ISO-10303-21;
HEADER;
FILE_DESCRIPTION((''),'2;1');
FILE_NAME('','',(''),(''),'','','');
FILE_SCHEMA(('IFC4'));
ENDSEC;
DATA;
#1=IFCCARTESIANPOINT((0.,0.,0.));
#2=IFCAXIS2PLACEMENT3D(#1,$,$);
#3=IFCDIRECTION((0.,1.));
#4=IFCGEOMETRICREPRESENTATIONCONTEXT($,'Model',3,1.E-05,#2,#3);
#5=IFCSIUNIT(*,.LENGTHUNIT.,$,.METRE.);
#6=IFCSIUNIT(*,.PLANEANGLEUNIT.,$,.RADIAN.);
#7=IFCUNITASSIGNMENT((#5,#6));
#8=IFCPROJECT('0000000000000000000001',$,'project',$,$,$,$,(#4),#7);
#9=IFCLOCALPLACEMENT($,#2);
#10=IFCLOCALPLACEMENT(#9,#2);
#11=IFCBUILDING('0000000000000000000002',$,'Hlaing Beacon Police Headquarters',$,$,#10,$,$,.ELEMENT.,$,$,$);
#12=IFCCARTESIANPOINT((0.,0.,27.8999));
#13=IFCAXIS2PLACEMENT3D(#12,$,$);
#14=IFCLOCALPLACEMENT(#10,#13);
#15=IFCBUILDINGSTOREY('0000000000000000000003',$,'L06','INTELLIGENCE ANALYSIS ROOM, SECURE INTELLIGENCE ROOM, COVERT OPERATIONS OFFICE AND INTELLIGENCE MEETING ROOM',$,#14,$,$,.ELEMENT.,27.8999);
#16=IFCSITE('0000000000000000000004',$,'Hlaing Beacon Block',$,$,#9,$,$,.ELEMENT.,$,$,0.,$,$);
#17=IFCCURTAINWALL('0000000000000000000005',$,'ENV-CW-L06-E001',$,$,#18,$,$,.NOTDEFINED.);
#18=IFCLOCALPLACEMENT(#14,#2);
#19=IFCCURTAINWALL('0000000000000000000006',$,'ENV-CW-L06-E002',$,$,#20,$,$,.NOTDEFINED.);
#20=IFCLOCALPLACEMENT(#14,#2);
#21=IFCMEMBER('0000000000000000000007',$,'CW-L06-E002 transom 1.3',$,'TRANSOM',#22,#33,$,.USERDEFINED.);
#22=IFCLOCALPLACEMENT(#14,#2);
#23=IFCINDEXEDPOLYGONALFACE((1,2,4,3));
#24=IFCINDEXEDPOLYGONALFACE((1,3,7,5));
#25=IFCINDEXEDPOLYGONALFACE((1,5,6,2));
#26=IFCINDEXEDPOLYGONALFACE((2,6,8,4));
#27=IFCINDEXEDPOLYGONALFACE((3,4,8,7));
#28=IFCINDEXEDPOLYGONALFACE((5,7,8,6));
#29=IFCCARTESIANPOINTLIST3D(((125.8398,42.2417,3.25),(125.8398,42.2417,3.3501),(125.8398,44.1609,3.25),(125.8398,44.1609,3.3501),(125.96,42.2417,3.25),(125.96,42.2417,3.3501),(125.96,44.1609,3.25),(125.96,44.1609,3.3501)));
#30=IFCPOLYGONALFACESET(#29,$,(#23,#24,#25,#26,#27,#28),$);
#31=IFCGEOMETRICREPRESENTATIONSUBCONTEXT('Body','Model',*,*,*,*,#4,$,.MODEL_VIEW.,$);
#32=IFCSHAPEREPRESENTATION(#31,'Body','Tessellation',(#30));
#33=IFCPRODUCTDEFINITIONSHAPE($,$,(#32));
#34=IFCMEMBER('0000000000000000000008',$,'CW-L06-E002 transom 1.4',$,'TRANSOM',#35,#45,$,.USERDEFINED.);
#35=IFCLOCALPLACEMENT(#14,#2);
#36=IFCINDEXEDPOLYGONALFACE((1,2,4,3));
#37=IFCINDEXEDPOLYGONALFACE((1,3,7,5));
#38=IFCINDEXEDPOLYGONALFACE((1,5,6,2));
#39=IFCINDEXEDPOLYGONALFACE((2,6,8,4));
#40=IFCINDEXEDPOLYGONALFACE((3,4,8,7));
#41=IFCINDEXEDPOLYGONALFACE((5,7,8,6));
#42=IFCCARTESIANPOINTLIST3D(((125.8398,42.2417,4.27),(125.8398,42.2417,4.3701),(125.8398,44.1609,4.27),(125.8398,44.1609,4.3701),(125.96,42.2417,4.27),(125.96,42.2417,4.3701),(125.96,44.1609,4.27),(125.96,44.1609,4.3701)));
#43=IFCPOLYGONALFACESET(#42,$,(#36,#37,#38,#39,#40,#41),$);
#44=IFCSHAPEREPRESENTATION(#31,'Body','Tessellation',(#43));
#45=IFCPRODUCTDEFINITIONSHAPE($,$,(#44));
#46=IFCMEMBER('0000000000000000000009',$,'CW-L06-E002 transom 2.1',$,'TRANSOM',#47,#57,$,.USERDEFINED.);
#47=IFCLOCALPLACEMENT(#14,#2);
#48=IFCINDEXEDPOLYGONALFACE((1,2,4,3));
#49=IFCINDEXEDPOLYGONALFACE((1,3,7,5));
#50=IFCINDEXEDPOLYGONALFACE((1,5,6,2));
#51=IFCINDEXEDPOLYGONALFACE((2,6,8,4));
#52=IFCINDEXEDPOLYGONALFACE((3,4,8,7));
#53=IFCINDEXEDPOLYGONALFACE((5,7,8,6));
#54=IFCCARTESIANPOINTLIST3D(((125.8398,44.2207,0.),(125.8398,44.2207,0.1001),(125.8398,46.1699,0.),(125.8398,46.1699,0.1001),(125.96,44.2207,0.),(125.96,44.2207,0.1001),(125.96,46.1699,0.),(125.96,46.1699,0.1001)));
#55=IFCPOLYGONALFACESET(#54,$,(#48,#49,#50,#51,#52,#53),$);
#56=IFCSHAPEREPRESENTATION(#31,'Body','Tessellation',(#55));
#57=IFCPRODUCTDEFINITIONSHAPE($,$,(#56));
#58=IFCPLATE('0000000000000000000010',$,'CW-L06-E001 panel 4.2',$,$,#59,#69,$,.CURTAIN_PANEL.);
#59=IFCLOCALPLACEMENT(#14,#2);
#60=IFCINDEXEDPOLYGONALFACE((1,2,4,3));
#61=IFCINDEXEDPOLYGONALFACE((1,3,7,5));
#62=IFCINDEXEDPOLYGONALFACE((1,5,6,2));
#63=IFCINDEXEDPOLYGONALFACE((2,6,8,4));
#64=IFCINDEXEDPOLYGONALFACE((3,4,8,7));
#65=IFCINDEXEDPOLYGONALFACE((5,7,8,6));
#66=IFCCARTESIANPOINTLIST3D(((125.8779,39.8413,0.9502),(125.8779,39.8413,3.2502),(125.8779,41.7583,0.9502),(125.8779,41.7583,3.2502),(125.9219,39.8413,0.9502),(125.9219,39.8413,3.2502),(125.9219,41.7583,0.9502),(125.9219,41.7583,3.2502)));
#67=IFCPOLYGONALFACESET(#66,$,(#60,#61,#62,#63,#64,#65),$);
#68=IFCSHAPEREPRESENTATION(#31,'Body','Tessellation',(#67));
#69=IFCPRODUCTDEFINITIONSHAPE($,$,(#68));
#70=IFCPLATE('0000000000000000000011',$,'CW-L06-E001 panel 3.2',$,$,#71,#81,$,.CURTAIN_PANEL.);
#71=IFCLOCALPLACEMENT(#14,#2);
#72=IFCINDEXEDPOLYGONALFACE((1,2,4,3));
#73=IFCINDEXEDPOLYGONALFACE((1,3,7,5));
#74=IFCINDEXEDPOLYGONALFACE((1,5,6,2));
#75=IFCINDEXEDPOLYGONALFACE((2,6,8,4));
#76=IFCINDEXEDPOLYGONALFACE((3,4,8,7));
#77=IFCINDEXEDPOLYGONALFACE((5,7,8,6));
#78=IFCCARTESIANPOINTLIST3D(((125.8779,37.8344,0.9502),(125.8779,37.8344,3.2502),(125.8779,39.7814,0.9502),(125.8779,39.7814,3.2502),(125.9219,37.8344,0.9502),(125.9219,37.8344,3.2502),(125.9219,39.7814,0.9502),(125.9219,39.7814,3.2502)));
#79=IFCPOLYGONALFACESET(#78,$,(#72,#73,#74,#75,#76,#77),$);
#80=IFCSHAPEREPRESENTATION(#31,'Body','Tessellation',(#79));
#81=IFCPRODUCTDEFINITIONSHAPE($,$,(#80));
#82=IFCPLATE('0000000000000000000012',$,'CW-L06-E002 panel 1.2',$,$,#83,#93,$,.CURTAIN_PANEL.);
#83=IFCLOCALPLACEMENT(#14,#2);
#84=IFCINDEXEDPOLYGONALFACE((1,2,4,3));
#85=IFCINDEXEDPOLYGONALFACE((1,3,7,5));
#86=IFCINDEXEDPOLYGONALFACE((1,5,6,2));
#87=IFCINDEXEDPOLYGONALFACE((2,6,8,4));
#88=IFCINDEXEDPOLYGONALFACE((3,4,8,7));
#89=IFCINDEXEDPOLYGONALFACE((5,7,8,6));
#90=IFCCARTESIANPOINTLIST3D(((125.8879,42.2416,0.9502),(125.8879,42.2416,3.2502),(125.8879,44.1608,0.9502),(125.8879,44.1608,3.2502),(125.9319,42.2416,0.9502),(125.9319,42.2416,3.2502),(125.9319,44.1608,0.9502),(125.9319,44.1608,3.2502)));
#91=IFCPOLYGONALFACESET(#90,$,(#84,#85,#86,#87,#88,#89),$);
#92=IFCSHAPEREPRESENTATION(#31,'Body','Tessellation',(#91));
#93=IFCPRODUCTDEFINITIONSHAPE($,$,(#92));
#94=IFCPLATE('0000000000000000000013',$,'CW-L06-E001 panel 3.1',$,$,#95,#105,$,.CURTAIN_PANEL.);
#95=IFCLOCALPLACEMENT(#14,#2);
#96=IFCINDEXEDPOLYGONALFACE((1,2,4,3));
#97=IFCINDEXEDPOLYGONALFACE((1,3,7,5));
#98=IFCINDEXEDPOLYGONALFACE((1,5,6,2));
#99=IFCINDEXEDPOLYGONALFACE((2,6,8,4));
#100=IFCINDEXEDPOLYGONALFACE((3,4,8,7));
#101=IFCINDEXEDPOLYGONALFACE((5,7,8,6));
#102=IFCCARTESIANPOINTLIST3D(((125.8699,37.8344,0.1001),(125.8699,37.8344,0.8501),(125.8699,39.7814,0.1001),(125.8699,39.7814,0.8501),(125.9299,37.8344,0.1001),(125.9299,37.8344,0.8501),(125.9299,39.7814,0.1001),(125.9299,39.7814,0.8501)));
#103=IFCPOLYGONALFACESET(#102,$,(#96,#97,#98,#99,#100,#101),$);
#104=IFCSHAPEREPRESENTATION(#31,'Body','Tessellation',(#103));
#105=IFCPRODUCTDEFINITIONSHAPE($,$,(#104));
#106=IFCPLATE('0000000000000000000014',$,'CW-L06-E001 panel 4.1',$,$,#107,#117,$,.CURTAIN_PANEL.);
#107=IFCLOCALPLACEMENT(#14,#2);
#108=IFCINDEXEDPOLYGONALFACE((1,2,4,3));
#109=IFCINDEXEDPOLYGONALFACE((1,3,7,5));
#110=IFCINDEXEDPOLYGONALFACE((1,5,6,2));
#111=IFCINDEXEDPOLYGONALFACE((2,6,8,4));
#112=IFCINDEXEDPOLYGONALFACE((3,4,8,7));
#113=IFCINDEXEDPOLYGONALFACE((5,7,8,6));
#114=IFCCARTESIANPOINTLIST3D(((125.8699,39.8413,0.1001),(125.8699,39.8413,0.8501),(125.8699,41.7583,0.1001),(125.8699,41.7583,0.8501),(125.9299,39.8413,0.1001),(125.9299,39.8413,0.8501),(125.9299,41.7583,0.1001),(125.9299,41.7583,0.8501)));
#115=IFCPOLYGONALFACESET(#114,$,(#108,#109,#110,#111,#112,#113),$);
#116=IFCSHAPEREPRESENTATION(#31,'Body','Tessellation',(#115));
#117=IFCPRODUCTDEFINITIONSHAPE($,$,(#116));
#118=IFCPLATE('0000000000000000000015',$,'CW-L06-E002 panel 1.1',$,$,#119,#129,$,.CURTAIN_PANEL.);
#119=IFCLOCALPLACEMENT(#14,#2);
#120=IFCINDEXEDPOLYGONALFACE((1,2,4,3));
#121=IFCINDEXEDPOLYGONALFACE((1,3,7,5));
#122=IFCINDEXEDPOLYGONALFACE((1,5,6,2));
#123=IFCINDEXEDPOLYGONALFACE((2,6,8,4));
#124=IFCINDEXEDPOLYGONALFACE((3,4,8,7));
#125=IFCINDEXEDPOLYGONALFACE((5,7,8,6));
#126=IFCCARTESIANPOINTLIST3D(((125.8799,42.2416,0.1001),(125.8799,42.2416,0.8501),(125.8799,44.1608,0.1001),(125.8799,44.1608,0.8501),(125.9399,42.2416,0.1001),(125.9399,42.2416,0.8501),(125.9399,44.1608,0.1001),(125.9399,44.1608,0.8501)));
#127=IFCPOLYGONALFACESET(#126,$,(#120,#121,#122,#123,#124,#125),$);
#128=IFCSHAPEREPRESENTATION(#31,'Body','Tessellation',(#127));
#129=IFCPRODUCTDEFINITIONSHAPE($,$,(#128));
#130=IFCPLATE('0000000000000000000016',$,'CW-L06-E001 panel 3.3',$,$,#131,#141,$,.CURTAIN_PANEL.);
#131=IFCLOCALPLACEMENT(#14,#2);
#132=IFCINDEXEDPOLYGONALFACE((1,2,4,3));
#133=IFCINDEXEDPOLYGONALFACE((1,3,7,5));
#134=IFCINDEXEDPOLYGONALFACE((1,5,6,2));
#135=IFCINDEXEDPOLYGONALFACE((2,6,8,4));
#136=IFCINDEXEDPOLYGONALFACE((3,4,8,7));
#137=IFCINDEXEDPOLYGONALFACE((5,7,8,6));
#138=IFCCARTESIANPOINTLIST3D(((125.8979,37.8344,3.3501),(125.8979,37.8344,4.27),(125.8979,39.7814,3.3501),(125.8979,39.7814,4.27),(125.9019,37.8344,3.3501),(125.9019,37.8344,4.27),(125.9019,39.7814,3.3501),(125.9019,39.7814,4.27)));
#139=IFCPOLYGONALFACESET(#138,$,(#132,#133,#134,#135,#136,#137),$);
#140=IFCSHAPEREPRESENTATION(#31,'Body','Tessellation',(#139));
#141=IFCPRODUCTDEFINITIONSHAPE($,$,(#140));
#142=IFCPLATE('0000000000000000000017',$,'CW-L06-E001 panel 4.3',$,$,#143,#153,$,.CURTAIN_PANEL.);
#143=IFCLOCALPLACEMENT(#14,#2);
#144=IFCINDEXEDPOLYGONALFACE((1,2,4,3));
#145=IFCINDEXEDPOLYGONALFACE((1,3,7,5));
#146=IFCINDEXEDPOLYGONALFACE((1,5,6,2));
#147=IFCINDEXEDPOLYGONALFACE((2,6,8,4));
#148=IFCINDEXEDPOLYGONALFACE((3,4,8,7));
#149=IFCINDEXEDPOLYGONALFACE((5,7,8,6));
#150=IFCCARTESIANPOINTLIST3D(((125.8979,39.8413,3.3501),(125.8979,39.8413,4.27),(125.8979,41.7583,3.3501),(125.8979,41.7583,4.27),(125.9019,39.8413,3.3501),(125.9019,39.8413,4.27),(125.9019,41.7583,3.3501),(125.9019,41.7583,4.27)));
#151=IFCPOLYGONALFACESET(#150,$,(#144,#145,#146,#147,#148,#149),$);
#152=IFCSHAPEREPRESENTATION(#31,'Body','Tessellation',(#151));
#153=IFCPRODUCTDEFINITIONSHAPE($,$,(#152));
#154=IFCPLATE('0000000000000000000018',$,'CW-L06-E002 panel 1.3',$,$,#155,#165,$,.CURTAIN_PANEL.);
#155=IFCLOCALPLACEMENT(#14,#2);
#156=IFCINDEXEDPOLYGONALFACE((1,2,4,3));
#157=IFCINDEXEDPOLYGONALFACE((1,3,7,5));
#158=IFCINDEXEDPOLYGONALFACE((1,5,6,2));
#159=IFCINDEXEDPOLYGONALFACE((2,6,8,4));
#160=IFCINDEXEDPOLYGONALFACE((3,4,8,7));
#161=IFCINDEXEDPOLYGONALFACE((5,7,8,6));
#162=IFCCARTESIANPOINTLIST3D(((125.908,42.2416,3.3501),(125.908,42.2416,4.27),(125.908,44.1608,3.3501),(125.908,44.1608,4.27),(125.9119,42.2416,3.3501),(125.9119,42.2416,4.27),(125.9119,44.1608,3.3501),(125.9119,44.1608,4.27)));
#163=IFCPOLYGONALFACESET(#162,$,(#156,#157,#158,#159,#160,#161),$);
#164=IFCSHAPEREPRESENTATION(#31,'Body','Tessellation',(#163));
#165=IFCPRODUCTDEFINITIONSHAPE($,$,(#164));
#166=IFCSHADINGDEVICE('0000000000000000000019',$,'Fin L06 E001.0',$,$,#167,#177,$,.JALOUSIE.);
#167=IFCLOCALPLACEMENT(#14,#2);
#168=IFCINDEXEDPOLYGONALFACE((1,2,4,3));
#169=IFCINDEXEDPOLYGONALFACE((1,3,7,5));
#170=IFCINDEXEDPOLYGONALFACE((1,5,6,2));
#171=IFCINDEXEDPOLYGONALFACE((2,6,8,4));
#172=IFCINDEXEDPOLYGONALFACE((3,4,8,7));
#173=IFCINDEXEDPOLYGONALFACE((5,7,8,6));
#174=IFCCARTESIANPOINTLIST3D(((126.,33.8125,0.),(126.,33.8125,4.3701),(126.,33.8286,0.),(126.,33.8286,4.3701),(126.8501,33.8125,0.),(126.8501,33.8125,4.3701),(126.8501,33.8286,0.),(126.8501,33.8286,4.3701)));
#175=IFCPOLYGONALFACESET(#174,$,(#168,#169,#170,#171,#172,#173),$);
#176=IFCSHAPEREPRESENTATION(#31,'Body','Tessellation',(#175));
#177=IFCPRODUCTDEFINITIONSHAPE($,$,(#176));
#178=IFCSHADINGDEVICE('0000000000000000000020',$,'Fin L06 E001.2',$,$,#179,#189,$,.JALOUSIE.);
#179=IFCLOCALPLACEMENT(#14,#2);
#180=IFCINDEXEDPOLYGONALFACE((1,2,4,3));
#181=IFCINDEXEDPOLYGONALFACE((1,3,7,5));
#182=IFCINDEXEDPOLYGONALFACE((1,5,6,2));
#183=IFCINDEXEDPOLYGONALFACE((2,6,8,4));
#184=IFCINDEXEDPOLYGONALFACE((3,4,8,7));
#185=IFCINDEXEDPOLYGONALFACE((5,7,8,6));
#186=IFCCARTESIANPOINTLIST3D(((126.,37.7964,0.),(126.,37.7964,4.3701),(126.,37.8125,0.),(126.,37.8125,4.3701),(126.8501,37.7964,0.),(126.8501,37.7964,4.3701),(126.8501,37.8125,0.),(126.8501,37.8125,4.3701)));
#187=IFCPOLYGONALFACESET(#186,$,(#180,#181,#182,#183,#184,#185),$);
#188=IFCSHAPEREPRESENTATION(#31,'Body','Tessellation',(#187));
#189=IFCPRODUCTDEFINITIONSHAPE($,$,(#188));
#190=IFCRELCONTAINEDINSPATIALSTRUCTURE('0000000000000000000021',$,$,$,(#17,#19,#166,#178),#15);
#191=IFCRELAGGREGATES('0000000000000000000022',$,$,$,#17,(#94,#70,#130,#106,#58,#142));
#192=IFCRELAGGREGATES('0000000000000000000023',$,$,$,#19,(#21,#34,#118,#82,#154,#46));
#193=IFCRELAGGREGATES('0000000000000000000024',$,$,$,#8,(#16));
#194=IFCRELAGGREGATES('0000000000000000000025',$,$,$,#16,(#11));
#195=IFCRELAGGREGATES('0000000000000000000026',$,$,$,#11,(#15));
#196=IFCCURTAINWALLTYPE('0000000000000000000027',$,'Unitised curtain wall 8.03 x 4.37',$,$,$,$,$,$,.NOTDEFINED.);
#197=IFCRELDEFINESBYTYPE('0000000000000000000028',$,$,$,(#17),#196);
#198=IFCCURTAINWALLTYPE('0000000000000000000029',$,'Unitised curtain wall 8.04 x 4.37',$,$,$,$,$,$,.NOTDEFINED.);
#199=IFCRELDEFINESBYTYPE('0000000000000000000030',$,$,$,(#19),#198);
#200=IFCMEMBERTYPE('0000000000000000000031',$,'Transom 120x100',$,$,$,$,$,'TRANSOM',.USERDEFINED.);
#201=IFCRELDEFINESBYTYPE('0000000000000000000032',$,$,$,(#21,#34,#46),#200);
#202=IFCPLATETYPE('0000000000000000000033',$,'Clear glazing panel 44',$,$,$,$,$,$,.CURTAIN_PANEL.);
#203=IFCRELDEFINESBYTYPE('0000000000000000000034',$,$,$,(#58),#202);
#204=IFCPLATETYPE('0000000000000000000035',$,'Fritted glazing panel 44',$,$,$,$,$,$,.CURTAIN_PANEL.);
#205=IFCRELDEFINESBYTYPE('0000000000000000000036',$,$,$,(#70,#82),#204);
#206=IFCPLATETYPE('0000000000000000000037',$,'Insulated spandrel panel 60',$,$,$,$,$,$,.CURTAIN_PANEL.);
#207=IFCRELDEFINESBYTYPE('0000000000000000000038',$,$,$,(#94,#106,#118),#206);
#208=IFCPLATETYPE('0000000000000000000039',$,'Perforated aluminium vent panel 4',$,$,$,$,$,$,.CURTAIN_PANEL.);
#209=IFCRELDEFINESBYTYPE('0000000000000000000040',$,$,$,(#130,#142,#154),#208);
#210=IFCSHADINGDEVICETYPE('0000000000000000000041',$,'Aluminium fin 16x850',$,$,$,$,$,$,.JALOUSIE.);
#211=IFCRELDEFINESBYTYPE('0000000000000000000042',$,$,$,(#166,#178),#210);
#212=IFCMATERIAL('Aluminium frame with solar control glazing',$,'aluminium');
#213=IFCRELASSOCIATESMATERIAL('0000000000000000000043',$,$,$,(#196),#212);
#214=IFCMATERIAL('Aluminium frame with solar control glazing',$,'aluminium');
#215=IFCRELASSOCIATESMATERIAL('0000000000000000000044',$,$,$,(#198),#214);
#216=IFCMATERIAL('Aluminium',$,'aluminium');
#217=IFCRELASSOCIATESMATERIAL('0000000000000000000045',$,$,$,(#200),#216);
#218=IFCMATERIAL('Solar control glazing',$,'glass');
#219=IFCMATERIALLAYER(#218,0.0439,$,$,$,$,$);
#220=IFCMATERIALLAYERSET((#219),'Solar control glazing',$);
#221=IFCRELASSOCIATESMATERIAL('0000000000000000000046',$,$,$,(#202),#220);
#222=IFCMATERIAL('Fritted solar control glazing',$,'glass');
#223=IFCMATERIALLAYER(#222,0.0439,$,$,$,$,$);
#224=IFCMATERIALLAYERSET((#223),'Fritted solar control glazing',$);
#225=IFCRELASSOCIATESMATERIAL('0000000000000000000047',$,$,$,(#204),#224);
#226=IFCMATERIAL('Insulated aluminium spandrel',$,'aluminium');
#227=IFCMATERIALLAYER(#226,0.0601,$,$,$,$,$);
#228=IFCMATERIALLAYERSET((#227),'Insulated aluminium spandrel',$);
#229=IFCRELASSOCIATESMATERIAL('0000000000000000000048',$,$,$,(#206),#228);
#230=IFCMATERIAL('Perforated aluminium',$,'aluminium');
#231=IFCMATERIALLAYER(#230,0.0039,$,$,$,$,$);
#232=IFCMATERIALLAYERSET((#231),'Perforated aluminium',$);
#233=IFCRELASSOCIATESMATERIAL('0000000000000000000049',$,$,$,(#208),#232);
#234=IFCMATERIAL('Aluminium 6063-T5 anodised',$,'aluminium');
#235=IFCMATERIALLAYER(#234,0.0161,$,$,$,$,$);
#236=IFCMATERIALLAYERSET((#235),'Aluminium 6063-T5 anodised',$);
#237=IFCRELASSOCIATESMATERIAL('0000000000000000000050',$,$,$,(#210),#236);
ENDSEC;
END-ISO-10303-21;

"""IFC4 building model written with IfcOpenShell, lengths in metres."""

from ifc_helpers import new_model, si_unit, direction, frame, origin, origin_2d, place, context, subcontext, project, spatial, rectangle, extrude, material, layer, layer_set, material_profile, profile_set, type_object, element, aggregate, save


model = new_model("IFC4")

# Units and contexts
model_context = context("Model", 3, precision=1e-05, world=origin(), true_north=direction((0.0, 1.0)))
body_context = subcontext(model_context, "Body", "Model", "MODEL_VIEW")
ifc_project = project(units=[si_unit("LENGTHUNIT", "METRE"), si_unit("PLANEANGLEUNIT", "RADIAN")], contexts=[model_context])

# Site, building, storey
site_placement = place(None, origin())
site = spatial("IfcSite", under=ifc_project, at=site_placement, Name="Hlaing Beacon Block", CompositionType="ELEMENT", RefElevation=0.0)
building_placement = place(site_placement, origin())
building = spatial("IfcBuilding", under=site, at=building_placement, Name="Hlaing Beacon Police Headquarters", CompositionType="ELEMENT")
storey_placement = place(building_placement, frame((0.0, 0.0, 27.8999)))
storey = spatial("IfcBuildingStorey", under=building, at=storey_placement, Name="L06", Description="INTELLIGENCE ANALYSIS ROOM, SECURE INTELLIGENCE ROOM, COVERT OPERATIONS OFFICE AND INTELLIGENCE MEETING ROOM", CompositionType="ELEMENT", Elevation=27.8999)

# Curtain walls
ifc_material_1 = material(Name="Aluminium frame with solar control glazing", Category="aluminium")
curtain_wall_type_1 = type_object("IfcCurtainWallType", Name="Unitised curtain wall 8.03 x 4.37", PredefinedType="NOTDEFINED", material=ifc_material_1)
curtain_wall_1_placement = place(storey_placement, origin())
curtain_wall_1 = element("IfcCurtainWall", 1, at=curtain_wall_1_placement, inside=storey, type_object=curtain_wall_type_1, Name="ENV-CW-L06-E001", PredefinedType="NOTDEFINED")
ifc_material_2 = material(Name="Aluminium frame with solar control glazing", Category="aluminium")
curtain_wall_type_2 = type_object("IfcCurtainWallType", Name="Unitised curtain wall 8.04 x 4.37", PredefinedType="NOTDEFINED", material=ifc_material_2)
curtain_wall_2_placement = place(storey_placement, origin())
curtain_wall_2 = element("IfcCurtainWall", 2, at=curtain_wall_2_placement, inside=storey, type_object=curtain_wall_type_2, Name="ENV-CW-L06-E002", PredefinedType="NOTDEFINED")

# Members
ifc_material_3 = material(Name="Aluminium", Category="aluminium")
ifc_material_profile_1 = material_profile(ifc_material_3, rectangle(XDim=0.1201, YDim=0.1001, at=origin_2d()), Name="Transom 120x100")
ifc_profile_set_1 = profile_set([ifc_material_profile_1], Name="Aluminium")
member_type_1 = type_object("IfcMemberType", Name="Transom 120x100", ElementType="TRANSOM", PredefinedType="USERDEFINED", material=ifc_profile_set_1)
member_1_placement = place(storey_placement, frame((125.8999, 42.2417, 3.3), z_axis=(0.0, 1.0, 0.0), x_axis=(-1.0, 0.0, 0.0)))
member_1 = element("IfcMember", 3, at=member_1_placement, type_object=member_type_1, Name="CW-L06-E002 transom 1.3", ObjectType="TRANSOM", PredefinedType="USERDEFINED", context=body_context, shape_type="SweptSolid", body=[
    extrude(rectangle(XDim=0.1201, YDim=0.1001, at=origin_2d()), origin(), (0.0, 0.0, 1.0), 1.9192),
])
member_2_placement = place(storey_placement, frame((125.8999, 42.2417, 4.3201), z_axis=(0.0, 1.0, 0.0), x_axis=(-1.0, 0.0, 0.0)))
member_2 = element("IfcMember", 4, at=member_2_placement, type_object=member_type_1, Name="CW-L06-E002 transom 1.4", ObjectType="TRANSOM", PredefinedType="USERDEFINED", context=body_context, shape_type="SweptSolid", body=[
    extrude(rectangle(XDim=0.1201, YDim=0.1001, at=origin_2d()), origin(), (0.0, 0.0, 1.0), 1.9192),
])
member_3_placement = place(storey_placement, frame((125.8999, 44.2207, 0.05), z_axis=(0.0, 1.0, 0.0), x_axis=(-1.0, 0.0, 0.0)))
member_3 = element("IfcMember", 5, at=member_3_placement, type_object=member_type_1, Name="CW-L06-E002 transom 2.1", ObjectType="TRANSOM", PredefinedType="USERDEFINED", context=body_context, shape_type="SweptSolid", body=[
    extrude(rectangle(XDim=0.1201, YDim=0.1001, at=origin_2d()), origin(), (0.0, 0.0, 1.0), 1.9492),
])

# Plates
ifc_material_4 = material(Name="Solar control glazing", Category="glass")
ifc_layer_1 = layer(ifc_material_4, 0.0439)
ifc_layer_set_1 = layer_set([ifc_layer_1], Name="Solar control glazing")
plate_type_1 = type_object("IfcPlateType", Name="Clear glazing panel 44", PredefinedType="CURTAIN_PANEL", material=ifc_layer_set_1)
plate_1_placement = place(storey_placement, frame((125.8999, 40.7998, 0.9502), z_axis=(0.0, 0.0, 1.0), x_axis=(0.0, 1.0, 0.0)))
plate_1 = element("IfcPlate", 6, at=plate_1_placement, type_object=plate_type_1, Name="CW-L06-E001 panel 4.2", PredefinedType="CURTAIN_PANEL", context=body_context, shape_type="SweptSolid", body=[
    extrude(rectangle(XDim=1.917, YDim=0.0439, at=origin_2d()), origin(), (0.0, 0.0, 1.0), 2.3),
])
ifc_material_5 = material(Name="Fritted solar control glazing", Category="glass")
ifc_layer_2 = layer(ifc_material_5, 0.0439)
ifc_layer_set_2 = layer_set([ifc_layer_2], Name="Fritted solar control glazing")
plate_type_2 = type_object("IfcPlateType", Name="Fritted glazing panel 44", PredefinedType="CURTAIN_PANEL", material=ifc_layer_set_2)
plate_2_placement = place(storey_placement, frame((125.8999, 38.8079, 0.9502), z_axis=(0.0, 0.0, 1.0), x_axis=(0.0, 1.0, 0.0)))
plate_2 = element("IfcPlate", 7, at=plate_2_placement, type_object=plate_type_2, Name="CW-L06-E001 panel 3.2", PredefinedType="CURTAIN_PANEL", context=body_context, shape_type="SweptSolid", body=[
    extrude(rectangle(XDim=1.947, YDim=0.0439, at=origin_2d()), origin(), (0.0, 0.0, 1.0), 2.3),
])
plate_3_placement = place(storey_placement, frame((125.9099, 43.2012, 0.9502), z_axis=(0.0, 0.0, 1.0), x_axis=(0.0, 1.0, 0.0)))
plate_3 = element("IfcPlate", 8, at=plate_3_placement, type_object=plate_type_2, Name="CW-L06-E002 panel 1.2", PredefinedType="CURTAIN_PANEL", context=body_context, shape_type="SweptSolid", body=[
    extrude(rectangle(XDim=1.9192, YDim=0.0439, at=origin_2d()), origin(), (0.0, 0.0, 1.0), 2.3),
])
ifc_material_6 = material(Name="Insulated aluminium spandrel", Category="aluminium")
ifc_layer_3 = layer(ifc_material_6, 0.0601)
ifc_layer_set_3 = layer_set([ifc_layer_3], Name="Insulated aluminium spandrel")
plate_type_3 = type_object("IfcPlateType", Name="Insulated spandrel panel 60", PredefinedType="CURTAIN_PANEL", material=ifc_layer_set_3)
plate_4_placement = place(storey_placement, frame((125.8999, 38.8079, 0.1001), z_axis=(0.0, 0.0, 1.0), x_axis=(0.0, 1.0, 0.0)))
plate_4 = element("IfcPlate", 9, at=plate_4_placement, type_object=plate_type_3, Name="CW-L06-E001 panel 3.1", PredefinedType="CURTAIN_PANEL", context=body_context, shape_type="SweptSolid", body=[
    extrude(rectangle(XDim=1.947, YDim=0.0601, at=origin_2d()), origin(), (0.0, 0.0, 1.0), 0.75),
])
plate_5_placement = place(storey_placement, frame((125.8999, 40.7998, 0.1001), z_axis=(0.0, 0.0, 1.0), x_axis=(0.0, 1.0, 0.0)))
plate_5 = element("IfcPlate", 10, at=plate_5_placement, type_object=plate_type_3, Name="CW-L06-E001 panel 4.1", PredefinedType="CURTAIN_PANEL", context=body_context, shape_type="SweptSolid", body=[
    extrude(rectangle(XDim=1.917, YDim=0.0601, at=origin_2d()), origin(), (0.0, 0.0, 1.0), 0.75),
])
plate_6_placement = place(storey_placement, frame((125.9099, 43.2012, 0.1001), z_axis=(0.0, 0.0, 1.0), x_axis=(0.0, 1.0, 0.0)))
plate_6 = element("IfcPlate", 11, at=plate_6_placement, type_object=plate_type_3, Name="CW-L06-E002 panel 1.1", PredefinedType="CURTAIN_PANEL", context=body_context, shape_type="SweptSolid", body=[
    extrude(rectangle(XDim=1.9192, YDim=0.0601, at=origin_2d()), origin(), (0.0, 0.0, 1.0), 0.75),
])
ifc_material_7 = material(Name="Perforated aluminium", Category="aluminium")
ifc_layer_4 = layer(ifc_material_7, 0.0039)
ifc_layer_set_4 = layer_set([ifc_layer_4], Name="Perforated aluminium")
plate_type_4 = type_object("IfcPlateType", Name="Perforated aluminium vent panel 4", PredefinedType="CURTAIN_PANEL", material=ifc_layer_set_4)
plate_7_placement = place(storey_placement, frame((125.8999, 38.8079, 3.3501), z_axis=(0.0, 0.0, 1.0), x_axis=(0.0, 1.0, 0.0)))
plate_7 = element("IfcPlate", 12, at=plate_7_placement, type_object=plate_type_4, Name="CW-L06-E001 panel 3.3", PredefinedType="CURTAIN_PANEL", context=body_context, shape_type="SweptSolid", body=[
    extrude(rectangle(XDim=1.947, YDim=0.0039, at=origin_2d()), origin(), (0.0, 0.0, 1.0), 0.9199),
])
plate_8_placement = place(storey_placement, frame((125.8999, 40.7998, 3.3501), z_axis=(0.0, 0.0, 1.0), x_axis=(0.0, 1.0, 0.0)))
plate_8 = element("IfcPlate", 13, at=plate_8_placement, type_object=plate_type_4, Name="CW-L06-E001 panel 4.3", PredefinedType="CURTAIN_PANEL", context=body_context, shape_type="SweptSolid", body=[
    extrude(rectangle(XDim=1.917, YDim=0.0039, at=origin_2d()), origin(), (0.0, 0.0, 1.0), 0.9199),
])
aggregate(curtain_wall_1, [plate_4, plate_2, plate_7, plate_5, plate_1, plate_8])
plate_9_placement = place(storey_placement, frame((125.9099, 43.2012, 3.3501), z_axis=(0.0, 0.0, 1.0), x_axis=(0.0, 1.0, 0.0)))
plate_9 = element("IfcPlate", 14, at=plate_9_placement, type_object=plate_type_4, Name="CW-L06-E002 panel 1.3", PredefinedType="CURTAIN_PANEL", context=body_context, shape_type="SweptSolid", body=[
    extrude(rectangle(XDim=1.9192, YDim=0.0039, at=origin_2d()), origin(), (0.0, 0.0, 1.0), 0.9199),
])
aggregate(curtain_wall_2, [member_1, member_2, plate_6, plate_3, plate_9, member_3])

# Shading devices
ifc_material_8 = material(Name="Aluminium 6063-T5 anodised", Category="aluminium")
ifc_layer_5 = layer(ifc_material_8, 0.0161)
ifc_layer_set_5 = layer_set([ifc_layer_5], Name="Aluminium 6063-T5 anodised")
shading_device_type = type_object("IfcShadingDeviceType", Name="Aluminium fin 16x850", PredefinedType="JALOUSIE", material=ifc_layer_set_5)
for number, where, z_axis, x_axis, name in (
    (15, (126.425, 33.8206, 0.0), (0.0, 0.0, 1.0), (0.0, 1.0, 0.0), "Fin L06 E001.0"),
    (16, (126.425, 37.8044, 0.0), (0.0, 0.0, 1.0), (0.0, 1.0, 0.0), "Fin L06 E001.2"),
):
    element("IfcShadingDevice", number, at=place(storey_placement, frame(where, z_axis=z_axis, x_axis=x_axis)), inside=storey, type_object=shading_device_type, Name=name, PredefinedType="JALOUSIE", context=body_context, shape_type="SweptSolid", body=[
        extrude(rectangle(XDim=0.0161, YDim=0.8501, at=origin_2d()), origin(), (0.0, 0.0, 1.0), 4.3701),
    ])

save(model, "model.ifc")
